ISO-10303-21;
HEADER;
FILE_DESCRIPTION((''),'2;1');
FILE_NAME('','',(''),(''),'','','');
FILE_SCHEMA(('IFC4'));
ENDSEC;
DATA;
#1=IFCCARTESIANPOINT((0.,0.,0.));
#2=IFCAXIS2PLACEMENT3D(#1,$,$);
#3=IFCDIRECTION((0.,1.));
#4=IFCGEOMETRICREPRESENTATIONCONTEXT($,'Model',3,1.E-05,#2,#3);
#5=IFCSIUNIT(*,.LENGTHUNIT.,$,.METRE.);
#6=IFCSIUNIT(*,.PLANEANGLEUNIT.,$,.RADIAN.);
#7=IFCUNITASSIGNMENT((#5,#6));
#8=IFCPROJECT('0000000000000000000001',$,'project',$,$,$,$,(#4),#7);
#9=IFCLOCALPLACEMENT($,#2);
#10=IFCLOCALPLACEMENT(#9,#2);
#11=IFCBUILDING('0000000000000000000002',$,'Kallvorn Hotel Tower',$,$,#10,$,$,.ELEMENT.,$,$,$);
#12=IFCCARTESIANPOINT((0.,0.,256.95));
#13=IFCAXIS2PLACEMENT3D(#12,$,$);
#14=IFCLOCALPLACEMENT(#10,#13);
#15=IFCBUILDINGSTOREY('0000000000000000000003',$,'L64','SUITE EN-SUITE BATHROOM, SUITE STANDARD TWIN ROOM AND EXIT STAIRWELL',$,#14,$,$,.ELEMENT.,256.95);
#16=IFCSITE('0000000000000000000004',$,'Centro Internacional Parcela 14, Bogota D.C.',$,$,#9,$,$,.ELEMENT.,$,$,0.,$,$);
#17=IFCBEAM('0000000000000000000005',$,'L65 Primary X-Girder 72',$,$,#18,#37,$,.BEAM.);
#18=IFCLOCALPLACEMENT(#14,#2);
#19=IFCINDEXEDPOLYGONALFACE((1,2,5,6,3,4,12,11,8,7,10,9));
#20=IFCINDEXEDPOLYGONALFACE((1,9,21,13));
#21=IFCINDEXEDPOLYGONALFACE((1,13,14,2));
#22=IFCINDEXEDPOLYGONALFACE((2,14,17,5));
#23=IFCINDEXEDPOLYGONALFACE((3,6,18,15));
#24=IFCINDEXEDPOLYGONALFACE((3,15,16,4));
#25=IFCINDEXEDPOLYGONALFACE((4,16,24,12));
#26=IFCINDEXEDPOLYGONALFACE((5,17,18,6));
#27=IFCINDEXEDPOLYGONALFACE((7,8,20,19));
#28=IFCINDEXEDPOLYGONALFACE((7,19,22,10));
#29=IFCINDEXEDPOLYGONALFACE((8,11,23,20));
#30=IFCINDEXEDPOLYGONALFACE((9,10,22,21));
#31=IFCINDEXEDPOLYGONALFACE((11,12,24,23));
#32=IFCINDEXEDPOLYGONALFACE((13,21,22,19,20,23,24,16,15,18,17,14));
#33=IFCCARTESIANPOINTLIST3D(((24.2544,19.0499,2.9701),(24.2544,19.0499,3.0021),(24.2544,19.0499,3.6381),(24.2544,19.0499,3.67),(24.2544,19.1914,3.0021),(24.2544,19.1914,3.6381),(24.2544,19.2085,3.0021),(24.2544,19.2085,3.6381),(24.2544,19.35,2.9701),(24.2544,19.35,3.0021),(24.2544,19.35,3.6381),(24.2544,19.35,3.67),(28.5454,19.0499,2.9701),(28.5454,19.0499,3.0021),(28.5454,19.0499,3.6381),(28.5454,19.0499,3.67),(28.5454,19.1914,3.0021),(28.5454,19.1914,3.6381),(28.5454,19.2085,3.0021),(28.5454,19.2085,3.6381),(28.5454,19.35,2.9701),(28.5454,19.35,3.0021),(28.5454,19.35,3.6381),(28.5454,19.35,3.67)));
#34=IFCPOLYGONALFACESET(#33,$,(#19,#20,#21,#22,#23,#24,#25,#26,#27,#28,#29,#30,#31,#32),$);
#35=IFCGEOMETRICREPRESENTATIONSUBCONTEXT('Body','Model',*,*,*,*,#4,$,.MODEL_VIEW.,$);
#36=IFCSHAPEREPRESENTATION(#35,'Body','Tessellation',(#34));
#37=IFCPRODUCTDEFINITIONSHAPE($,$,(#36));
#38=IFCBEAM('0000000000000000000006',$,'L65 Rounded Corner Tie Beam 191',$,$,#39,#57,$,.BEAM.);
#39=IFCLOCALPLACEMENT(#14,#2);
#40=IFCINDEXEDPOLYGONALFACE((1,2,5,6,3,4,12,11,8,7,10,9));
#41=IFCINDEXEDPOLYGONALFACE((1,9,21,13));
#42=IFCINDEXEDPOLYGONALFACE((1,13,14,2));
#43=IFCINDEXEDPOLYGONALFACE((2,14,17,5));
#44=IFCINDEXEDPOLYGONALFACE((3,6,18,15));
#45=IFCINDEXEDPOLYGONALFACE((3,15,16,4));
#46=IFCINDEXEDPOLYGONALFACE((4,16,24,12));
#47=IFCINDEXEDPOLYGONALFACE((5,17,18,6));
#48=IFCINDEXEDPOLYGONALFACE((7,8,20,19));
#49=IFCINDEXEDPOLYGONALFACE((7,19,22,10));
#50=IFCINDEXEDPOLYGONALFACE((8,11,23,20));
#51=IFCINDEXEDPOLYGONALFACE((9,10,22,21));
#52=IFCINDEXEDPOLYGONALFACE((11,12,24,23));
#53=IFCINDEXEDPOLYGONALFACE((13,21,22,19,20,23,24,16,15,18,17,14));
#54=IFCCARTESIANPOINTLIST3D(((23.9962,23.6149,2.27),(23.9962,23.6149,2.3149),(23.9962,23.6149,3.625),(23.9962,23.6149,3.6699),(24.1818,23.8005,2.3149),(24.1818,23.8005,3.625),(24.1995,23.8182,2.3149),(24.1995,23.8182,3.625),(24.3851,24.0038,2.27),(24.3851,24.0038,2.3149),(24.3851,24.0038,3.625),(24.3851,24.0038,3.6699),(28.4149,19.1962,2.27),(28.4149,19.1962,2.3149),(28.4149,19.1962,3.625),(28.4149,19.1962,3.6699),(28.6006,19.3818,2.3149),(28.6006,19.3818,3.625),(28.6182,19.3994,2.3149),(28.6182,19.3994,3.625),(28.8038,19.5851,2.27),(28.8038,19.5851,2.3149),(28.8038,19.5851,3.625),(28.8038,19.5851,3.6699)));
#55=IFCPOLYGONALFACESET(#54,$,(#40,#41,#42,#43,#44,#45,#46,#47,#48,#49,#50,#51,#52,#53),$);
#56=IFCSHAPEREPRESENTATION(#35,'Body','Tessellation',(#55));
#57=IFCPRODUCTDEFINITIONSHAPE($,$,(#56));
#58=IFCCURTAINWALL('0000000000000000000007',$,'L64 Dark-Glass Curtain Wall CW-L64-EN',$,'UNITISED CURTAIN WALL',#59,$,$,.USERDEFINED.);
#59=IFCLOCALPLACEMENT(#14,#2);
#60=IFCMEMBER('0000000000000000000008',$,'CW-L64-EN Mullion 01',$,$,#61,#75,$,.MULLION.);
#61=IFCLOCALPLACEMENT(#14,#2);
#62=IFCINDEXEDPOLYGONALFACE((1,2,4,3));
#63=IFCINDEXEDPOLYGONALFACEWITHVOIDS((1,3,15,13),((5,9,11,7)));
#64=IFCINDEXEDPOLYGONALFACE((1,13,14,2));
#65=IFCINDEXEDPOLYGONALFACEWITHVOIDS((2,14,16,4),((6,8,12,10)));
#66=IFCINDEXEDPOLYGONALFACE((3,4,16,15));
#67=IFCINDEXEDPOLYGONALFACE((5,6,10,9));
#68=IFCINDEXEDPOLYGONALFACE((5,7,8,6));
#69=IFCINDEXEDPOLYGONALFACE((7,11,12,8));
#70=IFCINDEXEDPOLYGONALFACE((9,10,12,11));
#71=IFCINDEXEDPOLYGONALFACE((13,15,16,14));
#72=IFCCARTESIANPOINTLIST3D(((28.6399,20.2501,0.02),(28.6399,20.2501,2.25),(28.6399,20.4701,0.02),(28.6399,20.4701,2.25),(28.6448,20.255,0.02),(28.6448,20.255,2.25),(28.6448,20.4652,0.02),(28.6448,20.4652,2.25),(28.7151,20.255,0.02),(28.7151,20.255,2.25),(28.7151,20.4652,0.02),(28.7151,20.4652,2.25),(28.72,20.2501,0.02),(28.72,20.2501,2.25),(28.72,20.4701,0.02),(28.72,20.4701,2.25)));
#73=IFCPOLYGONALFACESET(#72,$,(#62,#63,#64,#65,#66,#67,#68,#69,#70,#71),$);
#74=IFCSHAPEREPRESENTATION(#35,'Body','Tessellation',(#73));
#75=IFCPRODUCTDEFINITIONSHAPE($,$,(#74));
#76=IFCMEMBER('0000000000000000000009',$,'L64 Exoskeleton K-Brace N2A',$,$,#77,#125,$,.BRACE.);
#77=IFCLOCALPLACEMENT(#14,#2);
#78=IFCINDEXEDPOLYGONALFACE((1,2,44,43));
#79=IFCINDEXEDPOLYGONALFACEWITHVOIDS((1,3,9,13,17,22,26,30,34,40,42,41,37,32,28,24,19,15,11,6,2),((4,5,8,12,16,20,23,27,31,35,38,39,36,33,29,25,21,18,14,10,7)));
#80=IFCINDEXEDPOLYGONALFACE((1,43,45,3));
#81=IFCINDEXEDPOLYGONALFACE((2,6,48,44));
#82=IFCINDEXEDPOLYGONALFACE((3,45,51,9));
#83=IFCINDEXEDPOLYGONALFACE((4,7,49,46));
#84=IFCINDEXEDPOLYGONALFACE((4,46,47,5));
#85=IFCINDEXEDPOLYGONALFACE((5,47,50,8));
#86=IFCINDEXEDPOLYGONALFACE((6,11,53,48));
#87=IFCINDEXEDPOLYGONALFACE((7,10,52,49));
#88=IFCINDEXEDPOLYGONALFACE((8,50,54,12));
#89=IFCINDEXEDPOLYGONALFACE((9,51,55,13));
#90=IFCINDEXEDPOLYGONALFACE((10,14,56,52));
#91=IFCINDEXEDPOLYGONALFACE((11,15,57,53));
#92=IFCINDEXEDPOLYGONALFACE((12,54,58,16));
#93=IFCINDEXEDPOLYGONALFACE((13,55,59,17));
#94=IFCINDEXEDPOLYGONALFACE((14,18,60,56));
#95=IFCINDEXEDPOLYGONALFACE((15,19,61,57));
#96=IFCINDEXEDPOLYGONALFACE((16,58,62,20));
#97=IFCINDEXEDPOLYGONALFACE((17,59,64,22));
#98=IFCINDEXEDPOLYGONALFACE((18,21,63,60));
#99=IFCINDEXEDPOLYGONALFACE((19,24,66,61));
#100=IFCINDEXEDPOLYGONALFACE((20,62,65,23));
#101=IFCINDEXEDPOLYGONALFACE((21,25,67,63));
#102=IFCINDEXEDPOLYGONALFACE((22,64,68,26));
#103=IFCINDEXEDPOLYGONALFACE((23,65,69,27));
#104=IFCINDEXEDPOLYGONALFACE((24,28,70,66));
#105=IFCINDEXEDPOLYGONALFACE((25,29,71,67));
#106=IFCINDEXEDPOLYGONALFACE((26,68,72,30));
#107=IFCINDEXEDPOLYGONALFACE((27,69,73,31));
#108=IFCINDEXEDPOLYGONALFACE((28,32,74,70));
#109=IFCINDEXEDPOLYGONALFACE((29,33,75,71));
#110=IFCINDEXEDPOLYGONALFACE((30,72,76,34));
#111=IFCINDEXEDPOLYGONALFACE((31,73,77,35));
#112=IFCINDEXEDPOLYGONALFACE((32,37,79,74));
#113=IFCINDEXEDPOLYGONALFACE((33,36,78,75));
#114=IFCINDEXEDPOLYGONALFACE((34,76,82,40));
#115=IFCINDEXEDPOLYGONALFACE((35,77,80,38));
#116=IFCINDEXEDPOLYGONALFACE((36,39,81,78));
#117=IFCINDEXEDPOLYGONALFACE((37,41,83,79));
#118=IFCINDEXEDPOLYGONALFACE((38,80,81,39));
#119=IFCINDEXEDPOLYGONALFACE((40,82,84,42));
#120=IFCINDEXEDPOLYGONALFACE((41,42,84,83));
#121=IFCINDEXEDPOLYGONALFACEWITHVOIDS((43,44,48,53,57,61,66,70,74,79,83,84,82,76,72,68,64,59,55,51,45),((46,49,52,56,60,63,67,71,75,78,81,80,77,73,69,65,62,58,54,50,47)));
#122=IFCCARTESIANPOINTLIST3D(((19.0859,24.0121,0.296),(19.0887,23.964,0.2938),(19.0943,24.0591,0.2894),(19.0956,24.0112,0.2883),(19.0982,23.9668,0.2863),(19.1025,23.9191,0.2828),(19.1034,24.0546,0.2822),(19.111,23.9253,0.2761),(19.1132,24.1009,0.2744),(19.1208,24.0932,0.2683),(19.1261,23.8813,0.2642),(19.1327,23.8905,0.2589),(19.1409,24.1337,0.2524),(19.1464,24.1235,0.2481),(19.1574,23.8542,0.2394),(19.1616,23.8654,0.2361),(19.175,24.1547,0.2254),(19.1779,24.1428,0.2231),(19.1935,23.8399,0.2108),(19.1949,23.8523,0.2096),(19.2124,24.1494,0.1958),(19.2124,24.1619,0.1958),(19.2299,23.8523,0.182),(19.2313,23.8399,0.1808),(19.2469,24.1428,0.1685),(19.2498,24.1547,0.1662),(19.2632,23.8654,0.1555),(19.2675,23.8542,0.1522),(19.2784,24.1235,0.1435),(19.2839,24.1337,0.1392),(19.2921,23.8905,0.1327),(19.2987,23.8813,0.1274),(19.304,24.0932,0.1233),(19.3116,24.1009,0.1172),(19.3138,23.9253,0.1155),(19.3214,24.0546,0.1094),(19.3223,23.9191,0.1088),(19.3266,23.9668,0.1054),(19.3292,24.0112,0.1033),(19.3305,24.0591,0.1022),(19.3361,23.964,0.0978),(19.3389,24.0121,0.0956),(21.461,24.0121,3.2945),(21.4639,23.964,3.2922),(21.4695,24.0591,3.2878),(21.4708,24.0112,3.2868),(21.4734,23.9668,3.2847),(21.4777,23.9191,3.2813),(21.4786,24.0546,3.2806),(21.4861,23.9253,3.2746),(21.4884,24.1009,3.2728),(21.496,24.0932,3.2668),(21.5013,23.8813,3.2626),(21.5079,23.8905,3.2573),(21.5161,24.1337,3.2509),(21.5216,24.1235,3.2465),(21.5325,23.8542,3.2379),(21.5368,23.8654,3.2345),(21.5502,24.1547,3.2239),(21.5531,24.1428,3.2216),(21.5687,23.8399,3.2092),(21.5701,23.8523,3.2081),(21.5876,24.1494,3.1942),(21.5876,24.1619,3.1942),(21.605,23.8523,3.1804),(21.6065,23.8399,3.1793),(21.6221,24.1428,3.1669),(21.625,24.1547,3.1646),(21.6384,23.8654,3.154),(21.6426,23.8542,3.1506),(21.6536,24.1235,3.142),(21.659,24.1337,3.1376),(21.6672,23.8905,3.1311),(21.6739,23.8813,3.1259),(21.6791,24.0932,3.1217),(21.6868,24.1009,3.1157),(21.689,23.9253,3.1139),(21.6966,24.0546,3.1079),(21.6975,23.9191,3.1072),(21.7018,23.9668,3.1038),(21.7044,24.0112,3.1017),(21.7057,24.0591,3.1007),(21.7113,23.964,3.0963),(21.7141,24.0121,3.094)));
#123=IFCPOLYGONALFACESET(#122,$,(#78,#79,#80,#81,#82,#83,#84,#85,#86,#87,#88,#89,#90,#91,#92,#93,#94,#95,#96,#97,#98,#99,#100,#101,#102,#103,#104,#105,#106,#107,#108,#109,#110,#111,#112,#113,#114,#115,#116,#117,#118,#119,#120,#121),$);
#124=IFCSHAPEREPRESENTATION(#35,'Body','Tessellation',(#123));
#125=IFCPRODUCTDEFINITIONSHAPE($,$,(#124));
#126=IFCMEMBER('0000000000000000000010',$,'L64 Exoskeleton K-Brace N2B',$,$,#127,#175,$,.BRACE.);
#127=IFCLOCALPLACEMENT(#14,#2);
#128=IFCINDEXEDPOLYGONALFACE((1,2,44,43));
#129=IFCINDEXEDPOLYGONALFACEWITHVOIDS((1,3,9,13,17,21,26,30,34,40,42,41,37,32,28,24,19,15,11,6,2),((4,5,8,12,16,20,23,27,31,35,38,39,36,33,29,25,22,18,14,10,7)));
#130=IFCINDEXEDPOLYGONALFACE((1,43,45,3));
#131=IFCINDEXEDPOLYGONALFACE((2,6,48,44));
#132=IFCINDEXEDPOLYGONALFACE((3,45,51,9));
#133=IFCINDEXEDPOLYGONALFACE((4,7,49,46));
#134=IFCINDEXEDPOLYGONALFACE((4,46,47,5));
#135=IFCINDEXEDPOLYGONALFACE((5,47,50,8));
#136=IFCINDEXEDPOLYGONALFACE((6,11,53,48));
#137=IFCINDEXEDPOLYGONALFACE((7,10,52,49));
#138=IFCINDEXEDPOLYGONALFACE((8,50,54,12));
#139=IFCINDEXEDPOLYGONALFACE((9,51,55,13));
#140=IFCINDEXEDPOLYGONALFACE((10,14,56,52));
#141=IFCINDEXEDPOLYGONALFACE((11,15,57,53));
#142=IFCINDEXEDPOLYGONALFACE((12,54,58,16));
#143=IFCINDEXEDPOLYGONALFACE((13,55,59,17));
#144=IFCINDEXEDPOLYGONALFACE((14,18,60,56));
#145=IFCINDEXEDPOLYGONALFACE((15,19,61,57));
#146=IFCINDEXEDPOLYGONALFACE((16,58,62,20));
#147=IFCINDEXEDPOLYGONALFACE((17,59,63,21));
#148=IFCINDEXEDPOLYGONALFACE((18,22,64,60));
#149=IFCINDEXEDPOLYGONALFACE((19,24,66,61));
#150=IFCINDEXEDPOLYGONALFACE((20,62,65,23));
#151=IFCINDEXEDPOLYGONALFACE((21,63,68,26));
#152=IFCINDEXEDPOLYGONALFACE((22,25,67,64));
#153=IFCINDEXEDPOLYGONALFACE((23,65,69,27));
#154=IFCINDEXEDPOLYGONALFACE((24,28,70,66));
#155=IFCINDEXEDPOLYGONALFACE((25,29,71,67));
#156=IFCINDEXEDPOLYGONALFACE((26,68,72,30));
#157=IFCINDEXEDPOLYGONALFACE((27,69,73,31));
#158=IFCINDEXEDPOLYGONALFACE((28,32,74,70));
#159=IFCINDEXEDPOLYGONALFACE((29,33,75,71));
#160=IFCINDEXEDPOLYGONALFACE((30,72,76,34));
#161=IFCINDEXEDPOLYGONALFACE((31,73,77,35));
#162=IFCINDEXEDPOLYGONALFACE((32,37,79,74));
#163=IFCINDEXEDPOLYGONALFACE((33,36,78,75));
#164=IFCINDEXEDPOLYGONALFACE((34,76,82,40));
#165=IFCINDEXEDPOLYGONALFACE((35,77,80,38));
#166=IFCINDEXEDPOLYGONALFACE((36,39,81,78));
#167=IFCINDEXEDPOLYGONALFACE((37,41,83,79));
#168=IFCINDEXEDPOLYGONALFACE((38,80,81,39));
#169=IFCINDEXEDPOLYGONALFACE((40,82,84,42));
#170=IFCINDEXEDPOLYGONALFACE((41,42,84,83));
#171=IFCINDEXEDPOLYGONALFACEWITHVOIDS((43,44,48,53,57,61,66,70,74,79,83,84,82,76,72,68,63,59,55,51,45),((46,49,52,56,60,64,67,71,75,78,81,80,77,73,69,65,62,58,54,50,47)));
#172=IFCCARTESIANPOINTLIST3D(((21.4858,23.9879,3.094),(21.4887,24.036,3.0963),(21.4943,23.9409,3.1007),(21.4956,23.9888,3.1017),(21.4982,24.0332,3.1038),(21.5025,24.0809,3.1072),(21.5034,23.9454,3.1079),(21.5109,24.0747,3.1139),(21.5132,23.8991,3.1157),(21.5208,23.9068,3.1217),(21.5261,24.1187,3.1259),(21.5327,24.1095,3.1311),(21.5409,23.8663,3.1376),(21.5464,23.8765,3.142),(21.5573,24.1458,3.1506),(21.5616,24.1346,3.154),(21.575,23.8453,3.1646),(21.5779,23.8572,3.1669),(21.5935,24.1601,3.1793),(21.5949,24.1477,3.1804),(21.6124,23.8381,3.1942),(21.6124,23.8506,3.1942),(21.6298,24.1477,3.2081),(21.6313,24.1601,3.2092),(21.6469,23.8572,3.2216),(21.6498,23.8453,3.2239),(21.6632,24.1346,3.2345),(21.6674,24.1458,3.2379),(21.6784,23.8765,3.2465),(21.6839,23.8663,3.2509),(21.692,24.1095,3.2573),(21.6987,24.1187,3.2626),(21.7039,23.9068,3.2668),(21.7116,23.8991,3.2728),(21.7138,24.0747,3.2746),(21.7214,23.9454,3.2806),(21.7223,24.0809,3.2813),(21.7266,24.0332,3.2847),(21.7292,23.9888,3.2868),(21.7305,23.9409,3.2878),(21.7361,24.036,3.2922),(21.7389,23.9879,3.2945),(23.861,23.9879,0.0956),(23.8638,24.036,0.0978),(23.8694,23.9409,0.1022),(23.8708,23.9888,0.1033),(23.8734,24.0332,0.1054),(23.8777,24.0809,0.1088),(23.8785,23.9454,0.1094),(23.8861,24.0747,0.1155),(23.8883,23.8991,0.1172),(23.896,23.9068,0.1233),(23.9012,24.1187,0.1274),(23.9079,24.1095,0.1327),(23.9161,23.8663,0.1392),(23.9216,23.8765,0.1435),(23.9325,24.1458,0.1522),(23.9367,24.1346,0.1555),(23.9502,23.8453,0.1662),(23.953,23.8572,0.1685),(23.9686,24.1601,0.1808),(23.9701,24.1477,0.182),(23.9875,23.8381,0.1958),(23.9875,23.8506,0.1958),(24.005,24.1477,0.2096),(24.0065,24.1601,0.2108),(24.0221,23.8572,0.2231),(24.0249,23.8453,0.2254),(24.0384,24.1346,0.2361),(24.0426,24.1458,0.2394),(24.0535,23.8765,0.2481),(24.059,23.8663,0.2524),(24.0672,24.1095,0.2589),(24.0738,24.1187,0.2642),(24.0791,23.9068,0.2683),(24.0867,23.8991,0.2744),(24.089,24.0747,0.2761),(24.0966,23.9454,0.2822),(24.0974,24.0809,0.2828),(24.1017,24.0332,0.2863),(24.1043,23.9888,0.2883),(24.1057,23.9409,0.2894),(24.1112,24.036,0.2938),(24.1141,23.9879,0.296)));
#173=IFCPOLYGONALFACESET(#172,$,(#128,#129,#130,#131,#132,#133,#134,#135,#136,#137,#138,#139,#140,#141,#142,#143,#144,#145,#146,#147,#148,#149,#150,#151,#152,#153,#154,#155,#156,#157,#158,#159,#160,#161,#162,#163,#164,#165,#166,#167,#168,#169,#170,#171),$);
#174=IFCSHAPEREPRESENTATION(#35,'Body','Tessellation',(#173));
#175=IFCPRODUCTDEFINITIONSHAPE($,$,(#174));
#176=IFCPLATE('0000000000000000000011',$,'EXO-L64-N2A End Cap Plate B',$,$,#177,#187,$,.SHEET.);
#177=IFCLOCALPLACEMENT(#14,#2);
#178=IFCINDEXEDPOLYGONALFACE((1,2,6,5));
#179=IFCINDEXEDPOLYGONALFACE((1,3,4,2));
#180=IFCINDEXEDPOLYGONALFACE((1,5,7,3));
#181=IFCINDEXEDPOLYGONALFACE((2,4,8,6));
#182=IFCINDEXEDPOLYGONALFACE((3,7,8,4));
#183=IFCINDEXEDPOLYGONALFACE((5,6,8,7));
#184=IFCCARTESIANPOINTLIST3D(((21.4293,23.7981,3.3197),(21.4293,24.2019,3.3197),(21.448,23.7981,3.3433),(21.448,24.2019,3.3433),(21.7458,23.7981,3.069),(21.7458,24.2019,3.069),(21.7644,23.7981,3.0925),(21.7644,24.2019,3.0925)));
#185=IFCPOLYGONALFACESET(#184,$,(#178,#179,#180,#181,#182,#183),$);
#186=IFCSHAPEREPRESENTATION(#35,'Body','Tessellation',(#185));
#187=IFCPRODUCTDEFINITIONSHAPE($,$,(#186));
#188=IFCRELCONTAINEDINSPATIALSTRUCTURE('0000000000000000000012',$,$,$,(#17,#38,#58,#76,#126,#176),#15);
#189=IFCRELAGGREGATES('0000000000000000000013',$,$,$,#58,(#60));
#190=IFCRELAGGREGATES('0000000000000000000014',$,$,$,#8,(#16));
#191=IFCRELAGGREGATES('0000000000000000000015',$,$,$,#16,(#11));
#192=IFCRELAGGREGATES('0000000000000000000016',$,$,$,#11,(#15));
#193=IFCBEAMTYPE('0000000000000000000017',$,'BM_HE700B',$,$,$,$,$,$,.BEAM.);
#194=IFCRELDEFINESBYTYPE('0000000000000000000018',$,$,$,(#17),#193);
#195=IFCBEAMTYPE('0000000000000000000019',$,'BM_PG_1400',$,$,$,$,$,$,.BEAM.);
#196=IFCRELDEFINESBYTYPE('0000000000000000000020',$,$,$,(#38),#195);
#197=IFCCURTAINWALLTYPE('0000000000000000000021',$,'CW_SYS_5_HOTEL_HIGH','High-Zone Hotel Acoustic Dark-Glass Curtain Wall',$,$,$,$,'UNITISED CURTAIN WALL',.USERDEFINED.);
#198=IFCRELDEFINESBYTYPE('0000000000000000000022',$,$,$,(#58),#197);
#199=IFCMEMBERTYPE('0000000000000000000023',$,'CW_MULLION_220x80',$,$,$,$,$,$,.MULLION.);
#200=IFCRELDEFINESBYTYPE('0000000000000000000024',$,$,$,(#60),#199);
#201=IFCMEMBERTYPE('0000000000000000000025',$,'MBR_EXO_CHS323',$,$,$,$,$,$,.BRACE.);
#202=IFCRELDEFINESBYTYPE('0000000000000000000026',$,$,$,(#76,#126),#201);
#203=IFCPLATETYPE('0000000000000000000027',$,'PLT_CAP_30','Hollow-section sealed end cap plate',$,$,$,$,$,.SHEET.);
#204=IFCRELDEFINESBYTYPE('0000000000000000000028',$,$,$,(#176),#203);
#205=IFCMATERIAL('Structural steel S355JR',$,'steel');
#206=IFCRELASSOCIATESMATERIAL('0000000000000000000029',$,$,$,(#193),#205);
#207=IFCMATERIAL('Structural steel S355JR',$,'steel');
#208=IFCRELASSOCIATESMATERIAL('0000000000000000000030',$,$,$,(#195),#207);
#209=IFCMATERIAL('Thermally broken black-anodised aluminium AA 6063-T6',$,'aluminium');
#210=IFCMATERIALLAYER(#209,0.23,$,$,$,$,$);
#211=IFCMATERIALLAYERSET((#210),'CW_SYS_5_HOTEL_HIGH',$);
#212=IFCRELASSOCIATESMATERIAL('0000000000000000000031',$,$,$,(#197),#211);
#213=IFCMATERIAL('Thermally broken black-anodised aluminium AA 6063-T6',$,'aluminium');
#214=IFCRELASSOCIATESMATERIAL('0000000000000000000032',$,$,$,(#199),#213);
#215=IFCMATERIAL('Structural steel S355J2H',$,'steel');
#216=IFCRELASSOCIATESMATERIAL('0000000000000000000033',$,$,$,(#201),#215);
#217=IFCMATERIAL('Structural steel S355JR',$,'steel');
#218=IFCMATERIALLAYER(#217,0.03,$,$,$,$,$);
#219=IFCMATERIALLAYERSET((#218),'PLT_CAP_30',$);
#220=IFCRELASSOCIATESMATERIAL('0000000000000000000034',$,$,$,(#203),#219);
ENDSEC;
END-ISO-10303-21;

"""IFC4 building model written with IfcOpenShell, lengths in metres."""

from ifc_helpers import new_model, si_unit, direction, frame, origin, origin_2d, place, context, subcontext, project, spatial, polyline, hollow_rectangle, hollow_circle, i_section, outline, extrude, material, layer, layer_set, material_profile, profile_set, type_object, element, aggregate, save


model = new_model("IFC4")

# Units and contexts
model_context = context("Model", 3, precision=1e-05, world=origin(), true_north=direction((0.0, 1.0)))
body_context = subcontext(model_context, "Body", "Model", "MODEL_VIEW")
ifc_project = project(units=[si_unit("LENGTHUNIT", "METRE"), si_unit("PLANEANGLEUNIT", "RADIAN")], contexts=[model_context])

# Site, building, storey
site_placement = place(None, origin())
site = spatial("IfcSite", under=ifc_project, at=site_placement, Name="Centro Internacional Parcela 14, Bogota D.C.", CompositionType="ELEMENT", RefElevation=0.0)
building_placement = place(site_placement, origin())
building = spatial("IfcBuilding", under=site, at=building_placement, Name="Kallvorn Hotel Tower", CompositionType="ELEMENT")
storey_placement = place(building_placement, frame((0.0, 0.0, 256.95)))
storey = spatial("IfcBuildingStorey", under=building, at=storey_placement, Name="L64", Description="SUITE EN-SUITE BATHROOM, SUITE STANDARD TWIN ROOM AND EXIT STAIRWELL", CompositionType="ELEMENT", Elevation=256.95)

# Beams
ifc_material_1 = material(Name="Structural steel S355JR", Category="steel")
ifc_material_profile_1 = material_profile(ifc_material_1, i_section(OverallWidth=0.3, OverallDepth=0.7, WebThickness=0.0171, FlangeThickness=0.032, at=origin_2d()), Name="HE 700 B")
ifc_profile_set_1 = profile_set([ifc_material_profile_1], Name="Structural steel S355JR")
beam_type_1 = type_object("IfcBeamType", Name="BM_HE700B", PredefinedType="BEAM", material=ifc_profile_set_1)
for number, where, z_axis, x_axis, name in (
    (1, (24.2544, 19.2, 3.3201), (1.0, 0.0, 0.0), (0.0, 1.0, 0.0), "L65 Primary X-Girder 72"),
):
    element("IfcBeam", number, at=place(storey_placement, frame(where, z_axis=z_axis, x_axis=x_axis)), inside=storey, type_object=beam_type_1, Name=name, PredefinedType="BEAM", context=body_context, shape_type="SweptSolid", body=[
        extrude(i_section(OverallWidth=0.3, OverallDepth=0.7, WebThickness=0.0171, FlangeThickness=0.032, at=origin_2d()), origin(), (0.0, 0.0, 1.0), 4.291),
    ])
ifc_material_2 = material(Name="Structural steel S355JR", Category="steel")
ifc_material_profile_2 = material_profile(ifc_material_2, i_section(OverallWidth=0.55, OverallDepth=1.3999, WebThickness=0.0249, FlangeThickness=0.0449, at=origin_2d()), Name="PG 1400x550x25x45")
ifc_profile_set_2 = profile_set([ifc_material_profile_2], Name="Structural steel S355JR")
beam_type_2 = type_object("IfcBeamType", Name="BM_PG_1400", PredefinedType="BEAM", material=ifc_profile_set_2)
beam_1_placement = place(storey_placement, frame((28.6094, 19.3906, 2.97), z_axis=(-0.707107, 0.707107, 0.0), x_axis=(-0.707107, -0.707107, 0.0)))
element("IfcBeam", 2, at=beam_1_placement, inside=storey, type_object=beam_type_2, Name="L65 Rounded Corner Tie Beam 191", PredefinedType="BEAM", context=body_context, shape_type="SweptSolid", body=[
    extrude(i_section(OverallWidth=0.55, OverallDepth=1.3999, WebThickness=0.0249, FlangeThickness=0.0449, at=origin_2d()), origin(), (0.0, 0.0, 1.0), 6.249),
])

# Curtain wall, member
ifc_material_3 = material(Name="Thermally broken black-anodised aluminium AA 6063-T6", Category="aluminium")
ifc_layer_1 = layer(ifc_material_3, 0.23)
ifc_layer_set_1 = layer_set([ifc_layer_1], Name="CW_SYS_5_HOTEL_HIGH")
curtain_wall_type = type_object("IfcCurtainWallType", Name="CW_SYS_5_HOTEL_HIGH", Description="High-Zone Hotel Acoustic Dark-Glass Curtain Wall", ElementType="UNITISED CURTAIN WALL", PredefinedType="USERDEFINED", material=ifc_layer_set_1)
curtain_wall_placement = place(storey_placement, origin())
curtain_wall = element("IfcCurtainWall", 3, at=curtain_wall_placement, inside=storey, type_object=curtain_wall_type, Name="L64 Dark-Glass Curtain Wall CW-L64-EN", ObjectType="UNITISED CURTAIN WALL", PredefinedType="USERDEFINED")
ifc_material_4 = material(Name="Thermally broken black-anodised aluminium AA 6063-T6", Category="aluminium")
ifc_material_profile_3 = material_profile(ifc_material_4, hollow_rectangle(XDim=0.0801, YDim=0.22, WallThickness=0.0049, at=origin_2d()), Name="MUL 220x80")
ifc_profile_set_3 = profile_set([ifc_material_profile_3], Name="Thermally broken black-anodised aluminium AA 6063-T6")
member_type_1 = type_object("IfcMemberType", Name="CW_MULLION_220x80", PredefinedType="MULLION", material=ifc_profile_set_3)
member_placement = place(storey_placement, frame((28.6799, 20.3601, 0.02), z_axis=(0.0, 0.0, 1.0), x_axis=(1.0, 0.0, 0.0)))
member = element("IfcMember", 4, at=member_placement, type_object=member_type_1, Name="CW-L64-EN Mullion 01", PredefinedType="MULLION", context=body_context, shape_type="SweptSolid", body=[
    extrude(hollow_rectangle(XDim=0.0801, YDim=0.22, WallThickness=0.0049, at=origin_2d()), origin(), (0.0, 0.0, 1.0), 2.23),
])
aggregate(curtain_wall, [member])

# Members
ifc_material_5 = material(Name="Structural steel S355J2H", Category="steel")
ifc_material_profile_4 = material_profile(ifc_material_5, hollow_circle(Radius=0.1619, WallThickness=0.0125, at=origin_2d()), Name="CHS 323.9x12.5")
ifc_profile_set_4 = profile_set([ifc_material_profile_4], Name="Structural steel S355J2H")
member_type_2 = type_object("IfcMemberType", Name="MBR_EXO_CHS323", PredefinedType="BRACE", material=ifc_profile_set_4)
for number, where, z_axis, x_axis, name in (
    (5, (19.2124, 24.0, 0.1958), (0.620929, 0.0, 0.783867), (0.0, 1.0, 0.0), "L64 Exoskeleton K-Brace N2A"),
    (6, (23.9875, 24.0, 0.1958), (-0.620929, 0.0, 0.783867), (0.0, -1.0, 0.0), "L64 Exoskeleton K-Brace N2B"),
):
    element("IfcMember", number, at=place(storey_placement, frame(where, z_axis=z_axis, x_axis=x_axis)), inside=storey, type_object=member_type_2, Name=name, PredefinedType="BRACE", context=body_context, shape_type="SweptSolid", body=[
        extrude(hollow_circle(Radius=0.1619, WallThickness=0.0125, at=origin_2d()), origin(), (0.0, 0.0, 1.0), 3.8252),
    ])

# Plate
ifc_material_6 = material(Name="Structural steel S355JR", Category="steel")
ifc_layer_2 = layer(ifc_material_6, 0.03)
ifc_layer_set_2 = layer_set([ifc_layer_2], Name="PLT_CAP_30")
plate_type_1 = type_object("IfcPlateType", Name="PLT_CAP_30", Description="Hollow-section sealed end cap plate", PredefinedType="SHEET", material=ifc_layer_set_2)
plate_1_placement = place(storey_placement, frame((21.7644, 23.7981, 3.0925), z_axis=(0.621075, 0.0, 0.783751), x_axis=(0.0, 1.0, 0.0)))
element("IfcPlate", 7, at=plate_1_placement, inside=storey, type_object=plate_type_1, Name="EXO-L64-N2A End Cap Plate B", PredefinedType="SHEET", context=body_context, shape_type="SweptSolid", body=[
    extrude(outline(polyline([(0.0, 0.0), (0.4038, 0.0), (0.4038, 0.4037), (0.0, 0.4037), (0.0, 0.0)])), origin(), (0.0, 0.0, -1.0), 0.03),
])

save(model, "model.ifc")
